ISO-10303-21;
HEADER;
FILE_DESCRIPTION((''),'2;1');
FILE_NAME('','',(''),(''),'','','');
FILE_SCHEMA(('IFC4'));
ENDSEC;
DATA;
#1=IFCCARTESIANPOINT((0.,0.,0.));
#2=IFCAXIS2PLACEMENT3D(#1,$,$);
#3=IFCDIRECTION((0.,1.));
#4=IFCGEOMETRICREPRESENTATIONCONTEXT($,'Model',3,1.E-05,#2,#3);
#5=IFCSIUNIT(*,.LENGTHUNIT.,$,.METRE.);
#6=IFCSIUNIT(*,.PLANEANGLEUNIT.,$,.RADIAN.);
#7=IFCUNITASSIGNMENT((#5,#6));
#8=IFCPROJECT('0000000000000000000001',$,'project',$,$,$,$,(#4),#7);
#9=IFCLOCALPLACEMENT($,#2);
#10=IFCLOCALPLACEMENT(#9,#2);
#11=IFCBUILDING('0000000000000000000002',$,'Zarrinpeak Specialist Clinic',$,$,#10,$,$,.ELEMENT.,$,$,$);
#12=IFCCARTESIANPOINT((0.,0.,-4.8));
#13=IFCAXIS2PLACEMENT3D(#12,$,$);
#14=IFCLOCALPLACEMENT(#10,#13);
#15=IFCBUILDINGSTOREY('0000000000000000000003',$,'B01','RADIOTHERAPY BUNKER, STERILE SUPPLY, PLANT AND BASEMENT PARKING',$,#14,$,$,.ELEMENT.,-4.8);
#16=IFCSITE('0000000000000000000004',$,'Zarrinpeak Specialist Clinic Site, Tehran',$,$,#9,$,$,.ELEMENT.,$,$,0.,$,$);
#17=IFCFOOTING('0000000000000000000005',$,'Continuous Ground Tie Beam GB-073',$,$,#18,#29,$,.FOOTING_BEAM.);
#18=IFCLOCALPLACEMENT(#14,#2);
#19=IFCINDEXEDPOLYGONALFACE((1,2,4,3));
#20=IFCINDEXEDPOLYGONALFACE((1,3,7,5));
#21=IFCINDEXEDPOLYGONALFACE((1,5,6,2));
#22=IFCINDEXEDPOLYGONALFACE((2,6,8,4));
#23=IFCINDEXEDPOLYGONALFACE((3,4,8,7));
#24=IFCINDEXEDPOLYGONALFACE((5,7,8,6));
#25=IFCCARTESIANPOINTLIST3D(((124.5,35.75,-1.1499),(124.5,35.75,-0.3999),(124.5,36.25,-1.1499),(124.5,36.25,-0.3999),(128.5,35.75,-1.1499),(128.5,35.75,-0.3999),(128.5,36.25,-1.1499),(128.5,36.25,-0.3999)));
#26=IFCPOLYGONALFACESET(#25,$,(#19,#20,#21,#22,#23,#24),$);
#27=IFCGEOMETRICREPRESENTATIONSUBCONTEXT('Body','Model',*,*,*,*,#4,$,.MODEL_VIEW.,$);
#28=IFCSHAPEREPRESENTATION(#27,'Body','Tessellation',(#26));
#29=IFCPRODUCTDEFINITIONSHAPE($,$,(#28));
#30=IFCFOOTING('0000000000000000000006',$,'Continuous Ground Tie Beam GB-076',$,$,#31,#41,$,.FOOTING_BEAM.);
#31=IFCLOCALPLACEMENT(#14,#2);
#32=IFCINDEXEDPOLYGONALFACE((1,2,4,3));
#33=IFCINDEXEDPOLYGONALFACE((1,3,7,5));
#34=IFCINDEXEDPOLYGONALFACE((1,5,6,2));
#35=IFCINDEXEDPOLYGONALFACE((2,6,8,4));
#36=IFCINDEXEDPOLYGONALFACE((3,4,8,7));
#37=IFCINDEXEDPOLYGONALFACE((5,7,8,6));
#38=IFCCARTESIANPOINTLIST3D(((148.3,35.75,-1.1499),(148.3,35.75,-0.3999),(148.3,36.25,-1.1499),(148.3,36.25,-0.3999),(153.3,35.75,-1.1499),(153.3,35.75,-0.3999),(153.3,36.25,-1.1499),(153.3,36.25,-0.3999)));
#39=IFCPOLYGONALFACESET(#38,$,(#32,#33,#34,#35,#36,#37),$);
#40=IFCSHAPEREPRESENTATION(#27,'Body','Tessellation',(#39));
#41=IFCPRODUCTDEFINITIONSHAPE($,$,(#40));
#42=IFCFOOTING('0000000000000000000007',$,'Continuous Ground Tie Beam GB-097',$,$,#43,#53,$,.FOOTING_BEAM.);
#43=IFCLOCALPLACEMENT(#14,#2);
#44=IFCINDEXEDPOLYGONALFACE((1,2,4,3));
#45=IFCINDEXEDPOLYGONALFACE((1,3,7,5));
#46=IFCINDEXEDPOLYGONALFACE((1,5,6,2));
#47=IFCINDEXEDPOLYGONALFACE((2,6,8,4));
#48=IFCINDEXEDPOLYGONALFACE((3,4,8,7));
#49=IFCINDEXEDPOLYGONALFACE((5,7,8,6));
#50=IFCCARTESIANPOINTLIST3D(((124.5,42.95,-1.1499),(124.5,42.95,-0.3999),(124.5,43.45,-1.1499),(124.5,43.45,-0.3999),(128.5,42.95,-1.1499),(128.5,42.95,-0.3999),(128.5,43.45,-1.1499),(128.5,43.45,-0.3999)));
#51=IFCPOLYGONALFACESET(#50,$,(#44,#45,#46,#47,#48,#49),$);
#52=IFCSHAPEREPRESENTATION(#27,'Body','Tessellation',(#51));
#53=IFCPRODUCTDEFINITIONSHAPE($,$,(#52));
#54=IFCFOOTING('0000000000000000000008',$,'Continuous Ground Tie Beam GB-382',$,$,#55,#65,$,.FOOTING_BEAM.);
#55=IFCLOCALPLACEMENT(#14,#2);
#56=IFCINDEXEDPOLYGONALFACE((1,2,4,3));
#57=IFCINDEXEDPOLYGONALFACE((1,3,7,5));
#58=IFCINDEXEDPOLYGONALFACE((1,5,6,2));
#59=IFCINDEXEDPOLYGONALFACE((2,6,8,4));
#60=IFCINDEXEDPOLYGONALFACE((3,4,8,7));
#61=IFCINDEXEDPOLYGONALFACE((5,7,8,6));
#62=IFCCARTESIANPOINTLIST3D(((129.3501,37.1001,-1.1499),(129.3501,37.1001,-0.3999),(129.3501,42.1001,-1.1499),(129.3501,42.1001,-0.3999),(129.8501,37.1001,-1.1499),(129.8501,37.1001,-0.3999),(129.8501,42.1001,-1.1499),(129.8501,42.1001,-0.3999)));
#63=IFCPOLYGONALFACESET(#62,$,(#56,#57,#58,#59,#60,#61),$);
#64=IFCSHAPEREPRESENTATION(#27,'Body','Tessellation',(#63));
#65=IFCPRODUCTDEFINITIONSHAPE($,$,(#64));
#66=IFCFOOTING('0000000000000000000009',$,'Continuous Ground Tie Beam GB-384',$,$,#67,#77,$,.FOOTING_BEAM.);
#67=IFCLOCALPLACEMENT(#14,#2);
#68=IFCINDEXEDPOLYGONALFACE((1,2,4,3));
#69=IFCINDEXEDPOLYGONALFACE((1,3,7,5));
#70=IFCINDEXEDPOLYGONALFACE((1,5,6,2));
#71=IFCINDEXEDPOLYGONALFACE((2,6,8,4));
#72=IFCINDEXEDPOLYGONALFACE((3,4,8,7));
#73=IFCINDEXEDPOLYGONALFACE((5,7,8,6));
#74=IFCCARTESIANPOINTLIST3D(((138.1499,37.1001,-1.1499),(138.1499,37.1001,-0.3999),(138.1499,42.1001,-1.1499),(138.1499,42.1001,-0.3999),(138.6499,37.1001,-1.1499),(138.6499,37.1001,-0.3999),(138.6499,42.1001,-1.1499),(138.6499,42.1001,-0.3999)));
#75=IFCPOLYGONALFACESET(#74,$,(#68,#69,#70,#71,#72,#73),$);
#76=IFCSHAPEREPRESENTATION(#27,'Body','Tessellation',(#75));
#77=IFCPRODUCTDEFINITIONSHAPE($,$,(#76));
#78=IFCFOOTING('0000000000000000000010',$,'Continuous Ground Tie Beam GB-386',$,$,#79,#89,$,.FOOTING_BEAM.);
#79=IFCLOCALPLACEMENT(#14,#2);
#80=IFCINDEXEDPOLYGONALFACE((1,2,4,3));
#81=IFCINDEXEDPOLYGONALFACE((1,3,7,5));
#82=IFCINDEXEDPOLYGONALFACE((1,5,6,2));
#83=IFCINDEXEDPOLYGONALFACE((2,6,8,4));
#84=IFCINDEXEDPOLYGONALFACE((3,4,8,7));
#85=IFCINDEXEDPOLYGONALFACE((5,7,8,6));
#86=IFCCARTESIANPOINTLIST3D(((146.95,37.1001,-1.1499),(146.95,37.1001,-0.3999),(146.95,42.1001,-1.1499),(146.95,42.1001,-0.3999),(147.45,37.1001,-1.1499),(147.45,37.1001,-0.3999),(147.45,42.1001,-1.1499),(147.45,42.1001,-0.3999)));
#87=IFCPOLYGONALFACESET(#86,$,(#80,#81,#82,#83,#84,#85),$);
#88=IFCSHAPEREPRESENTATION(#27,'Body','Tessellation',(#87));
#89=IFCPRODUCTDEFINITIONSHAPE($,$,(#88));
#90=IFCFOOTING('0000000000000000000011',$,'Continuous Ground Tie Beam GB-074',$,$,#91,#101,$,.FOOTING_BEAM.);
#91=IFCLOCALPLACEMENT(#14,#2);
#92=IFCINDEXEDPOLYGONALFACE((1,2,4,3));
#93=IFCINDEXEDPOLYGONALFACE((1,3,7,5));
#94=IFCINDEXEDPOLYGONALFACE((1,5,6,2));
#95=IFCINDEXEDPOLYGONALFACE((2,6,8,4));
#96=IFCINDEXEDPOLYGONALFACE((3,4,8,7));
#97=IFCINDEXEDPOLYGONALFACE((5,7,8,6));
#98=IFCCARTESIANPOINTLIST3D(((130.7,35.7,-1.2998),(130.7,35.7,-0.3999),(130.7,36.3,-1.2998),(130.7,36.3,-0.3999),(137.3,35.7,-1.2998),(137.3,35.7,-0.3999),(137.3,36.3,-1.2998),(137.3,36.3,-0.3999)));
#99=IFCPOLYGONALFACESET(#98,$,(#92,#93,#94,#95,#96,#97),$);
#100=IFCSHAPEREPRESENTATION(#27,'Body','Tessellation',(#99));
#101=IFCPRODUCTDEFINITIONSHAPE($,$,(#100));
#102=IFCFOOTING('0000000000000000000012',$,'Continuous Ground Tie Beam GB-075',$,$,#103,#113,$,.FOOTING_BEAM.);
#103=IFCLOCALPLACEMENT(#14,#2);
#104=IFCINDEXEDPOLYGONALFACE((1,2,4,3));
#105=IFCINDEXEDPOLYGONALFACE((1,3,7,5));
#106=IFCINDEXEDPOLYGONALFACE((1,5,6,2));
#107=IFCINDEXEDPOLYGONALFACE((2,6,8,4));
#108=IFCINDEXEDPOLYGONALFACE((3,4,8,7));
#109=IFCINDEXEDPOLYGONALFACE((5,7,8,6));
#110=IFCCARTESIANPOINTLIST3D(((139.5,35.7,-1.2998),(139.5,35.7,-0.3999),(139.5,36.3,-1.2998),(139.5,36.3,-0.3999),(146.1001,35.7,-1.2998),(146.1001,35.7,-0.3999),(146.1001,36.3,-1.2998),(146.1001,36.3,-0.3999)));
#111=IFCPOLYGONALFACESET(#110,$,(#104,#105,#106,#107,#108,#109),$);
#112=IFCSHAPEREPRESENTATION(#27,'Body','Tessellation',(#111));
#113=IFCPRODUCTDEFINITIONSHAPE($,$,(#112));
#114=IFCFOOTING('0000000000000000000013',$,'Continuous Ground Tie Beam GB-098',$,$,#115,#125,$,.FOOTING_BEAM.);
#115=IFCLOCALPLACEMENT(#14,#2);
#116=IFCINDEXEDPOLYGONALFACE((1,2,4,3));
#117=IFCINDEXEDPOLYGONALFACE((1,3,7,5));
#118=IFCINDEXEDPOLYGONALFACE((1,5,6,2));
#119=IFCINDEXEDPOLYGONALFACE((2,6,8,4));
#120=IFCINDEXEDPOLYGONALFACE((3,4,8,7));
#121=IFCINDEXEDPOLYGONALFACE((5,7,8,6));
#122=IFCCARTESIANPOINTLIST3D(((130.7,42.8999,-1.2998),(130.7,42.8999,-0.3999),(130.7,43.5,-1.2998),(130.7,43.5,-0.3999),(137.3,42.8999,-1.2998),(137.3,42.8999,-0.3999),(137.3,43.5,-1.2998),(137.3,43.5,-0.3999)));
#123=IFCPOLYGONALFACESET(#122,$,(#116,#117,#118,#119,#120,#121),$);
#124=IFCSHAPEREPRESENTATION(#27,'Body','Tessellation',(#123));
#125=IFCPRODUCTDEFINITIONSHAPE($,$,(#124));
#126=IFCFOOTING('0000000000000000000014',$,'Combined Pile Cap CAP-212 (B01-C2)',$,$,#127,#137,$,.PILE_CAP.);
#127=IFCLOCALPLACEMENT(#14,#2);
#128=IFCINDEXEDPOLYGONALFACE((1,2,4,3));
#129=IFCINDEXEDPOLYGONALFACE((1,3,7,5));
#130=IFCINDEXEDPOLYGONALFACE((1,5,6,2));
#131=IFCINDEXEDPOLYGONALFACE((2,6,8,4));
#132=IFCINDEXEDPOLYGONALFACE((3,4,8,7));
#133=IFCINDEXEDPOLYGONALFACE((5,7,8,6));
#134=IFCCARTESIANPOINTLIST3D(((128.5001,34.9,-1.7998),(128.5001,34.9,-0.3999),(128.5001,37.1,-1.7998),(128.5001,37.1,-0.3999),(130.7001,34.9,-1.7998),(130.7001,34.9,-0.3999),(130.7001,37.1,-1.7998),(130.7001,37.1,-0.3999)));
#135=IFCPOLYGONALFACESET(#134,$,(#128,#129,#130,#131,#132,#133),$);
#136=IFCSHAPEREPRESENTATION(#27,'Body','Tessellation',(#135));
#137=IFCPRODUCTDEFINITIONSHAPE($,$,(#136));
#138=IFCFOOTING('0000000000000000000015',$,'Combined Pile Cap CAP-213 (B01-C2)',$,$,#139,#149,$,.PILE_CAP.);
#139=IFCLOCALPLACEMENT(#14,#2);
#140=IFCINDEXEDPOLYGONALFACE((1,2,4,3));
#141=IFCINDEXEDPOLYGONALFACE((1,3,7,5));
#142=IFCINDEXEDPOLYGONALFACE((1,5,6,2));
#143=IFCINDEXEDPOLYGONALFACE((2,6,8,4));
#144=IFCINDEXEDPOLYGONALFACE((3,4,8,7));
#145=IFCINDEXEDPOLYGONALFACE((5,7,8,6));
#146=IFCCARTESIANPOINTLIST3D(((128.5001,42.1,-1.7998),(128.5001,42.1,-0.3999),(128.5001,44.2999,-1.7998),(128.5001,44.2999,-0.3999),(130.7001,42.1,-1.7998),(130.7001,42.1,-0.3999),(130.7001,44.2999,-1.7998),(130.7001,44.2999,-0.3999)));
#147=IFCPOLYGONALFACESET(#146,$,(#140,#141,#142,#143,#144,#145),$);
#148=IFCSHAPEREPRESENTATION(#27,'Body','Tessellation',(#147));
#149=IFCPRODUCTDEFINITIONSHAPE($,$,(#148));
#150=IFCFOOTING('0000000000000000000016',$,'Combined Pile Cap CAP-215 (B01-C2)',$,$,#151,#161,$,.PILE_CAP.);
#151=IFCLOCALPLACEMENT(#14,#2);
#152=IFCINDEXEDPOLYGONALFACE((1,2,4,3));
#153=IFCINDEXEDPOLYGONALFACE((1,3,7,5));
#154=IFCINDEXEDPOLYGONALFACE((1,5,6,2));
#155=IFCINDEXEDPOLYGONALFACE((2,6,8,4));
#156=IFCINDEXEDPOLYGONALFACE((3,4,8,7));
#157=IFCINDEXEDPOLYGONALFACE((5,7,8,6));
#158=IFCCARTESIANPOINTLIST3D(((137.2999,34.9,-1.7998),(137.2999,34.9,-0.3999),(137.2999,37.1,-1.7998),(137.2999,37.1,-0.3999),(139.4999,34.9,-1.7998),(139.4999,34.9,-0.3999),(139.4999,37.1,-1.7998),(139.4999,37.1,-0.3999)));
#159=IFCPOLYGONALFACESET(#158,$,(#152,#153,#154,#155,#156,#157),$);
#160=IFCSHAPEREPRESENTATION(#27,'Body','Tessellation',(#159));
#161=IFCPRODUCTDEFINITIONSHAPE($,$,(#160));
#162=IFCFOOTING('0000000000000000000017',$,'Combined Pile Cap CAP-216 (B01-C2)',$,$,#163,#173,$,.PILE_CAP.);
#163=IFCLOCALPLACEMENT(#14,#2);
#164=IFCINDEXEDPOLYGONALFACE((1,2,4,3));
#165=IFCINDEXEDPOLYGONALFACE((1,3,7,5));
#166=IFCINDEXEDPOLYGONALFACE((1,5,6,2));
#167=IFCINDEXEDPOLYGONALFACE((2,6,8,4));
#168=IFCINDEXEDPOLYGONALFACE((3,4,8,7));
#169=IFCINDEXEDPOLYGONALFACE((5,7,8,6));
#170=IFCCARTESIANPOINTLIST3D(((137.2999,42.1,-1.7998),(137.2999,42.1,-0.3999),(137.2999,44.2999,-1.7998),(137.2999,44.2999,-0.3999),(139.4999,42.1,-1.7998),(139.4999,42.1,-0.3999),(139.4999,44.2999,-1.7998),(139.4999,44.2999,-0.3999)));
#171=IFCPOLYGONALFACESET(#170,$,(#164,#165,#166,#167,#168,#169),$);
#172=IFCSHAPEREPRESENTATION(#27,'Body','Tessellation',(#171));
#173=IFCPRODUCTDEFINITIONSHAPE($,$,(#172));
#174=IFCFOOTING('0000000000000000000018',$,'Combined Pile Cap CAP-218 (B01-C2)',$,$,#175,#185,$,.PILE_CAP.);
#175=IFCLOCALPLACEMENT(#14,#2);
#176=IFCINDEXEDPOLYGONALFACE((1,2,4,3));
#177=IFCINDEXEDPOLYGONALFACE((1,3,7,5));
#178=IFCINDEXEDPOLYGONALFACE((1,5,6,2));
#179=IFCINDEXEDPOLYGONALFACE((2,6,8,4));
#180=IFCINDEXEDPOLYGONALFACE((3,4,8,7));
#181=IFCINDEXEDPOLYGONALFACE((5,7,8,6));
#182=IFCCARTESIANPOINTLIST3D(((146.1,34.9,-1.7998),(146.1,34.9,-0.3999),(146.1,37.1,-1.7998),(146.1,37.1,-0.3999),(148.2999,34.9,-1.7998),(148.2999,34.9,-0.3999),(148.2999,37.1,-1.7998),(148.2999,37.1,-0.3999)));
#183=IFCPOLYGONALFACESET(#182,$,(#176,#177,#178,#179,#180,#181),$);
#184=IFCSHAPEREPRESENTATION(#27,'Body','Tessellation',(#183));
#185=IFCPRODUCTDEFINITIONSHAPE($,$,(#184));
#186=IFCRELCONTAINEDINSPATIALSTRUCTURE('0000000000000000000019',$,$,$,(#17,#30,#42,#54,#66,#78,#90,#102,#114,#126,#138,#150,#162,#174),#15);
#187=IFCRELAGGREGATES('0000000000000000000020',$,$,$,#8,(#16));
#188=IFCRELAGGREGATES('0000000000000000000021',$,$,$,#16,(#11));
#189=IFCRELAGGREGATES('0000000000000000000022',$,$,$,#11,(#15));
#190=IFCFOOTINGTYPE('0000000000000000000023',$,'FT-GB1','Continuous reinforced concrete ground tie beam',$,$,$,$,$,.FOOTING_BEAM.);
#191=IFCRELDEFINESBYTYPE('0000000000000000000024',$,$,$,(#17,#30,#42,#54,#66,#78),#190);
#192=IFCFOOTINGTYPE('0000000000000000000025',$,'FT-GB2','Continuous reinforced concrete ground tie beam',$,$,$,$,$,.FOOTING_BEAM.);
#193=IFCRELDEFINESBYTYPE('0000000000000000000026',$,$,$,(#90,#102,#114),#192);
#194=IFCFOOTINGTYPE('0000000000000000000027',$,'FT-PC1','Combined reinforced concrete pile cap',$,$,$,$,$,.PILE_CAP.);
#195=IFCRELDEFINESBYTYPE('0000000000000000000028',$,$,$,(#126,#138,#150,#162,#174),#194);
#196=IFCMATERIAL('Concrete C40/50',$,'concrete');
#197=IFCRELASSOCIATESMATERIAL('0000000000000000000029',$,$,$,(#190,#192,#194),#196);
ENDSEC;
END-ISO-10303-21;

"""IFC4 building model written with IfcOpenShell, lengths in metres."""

from ifc_helpers import new_model, si_unit, direction, frame, origin, origin_2d, place, context, subcontext, project, spatial, rectangle, extrude, material, material_profile, profile_set, type_object, element, save


model = new_model("IFC4")

# Units and contexts
model_context = context("Model", 3, precision=1e-05, world=origin(), true_north=direction((0.0, 1.0)))
body_context = subcontext(model_context, "Body", "Model", "MODEL_VIEW")
ifc_project = project(units=[si_unit("LENGTHUNIT", "METRE"), si_unit("PLANEANGLEUNIT", "RADIAN")], contexts=[model_context])

# Site, building, storey
site_placement = place(None, origin())
site = spatial("IfcSite", under=ifc_project, at=site_placement, Name="Zarrinpeak Specialist Clinic Site, Tehran", CompositionType="ELEMENT", RefElevation=0.0)
building_placement = place(site_placement, origin())
building = spatial("IfcBuilding", under=site, at=building_placement, Name="Zarrinpeak Specialist Clinic", CompositionType="ELEMENT")
storey_placement = place(building_placement, frame((0.0, 0.0, -4.8)))
storey = spatial("IfcBuildingStorey", under=building, at=storey_placement, Name="B01", Description="RADIOTHERAPY BUNKER, STERILE SUPPLY, PLANT AND BASEMENT PARKING", CompositionType="ELEMENT", Elevation=-4.8)

# Footings
ifc_material_1 = material(Name="Concrete C40/50", Category="concrete")
ifc_material_profile_1 = material_profile(ifc_material_1, rectangle(XDim=0.5, YDim=0.75, at=origin_2d()), Name="RC 500x750")
ifc_profile_set_1 = profile_set([ifc_material_profile_1], Name="Concrete C40/50")
footing_type_1 = type_object("IfcFootingType", Name="FT-GB1", Description="Continuous reinforced concrete ground tie beam", PredefinedType="FOOTING_BEAM", material=ifc_profile_set_1)
footing_1_placement = place(storey_placement, frame((124.5, 36.0, -0.7749), z_axis=(1.0, 0.0, 0.0), x_axis=(0.0, 1.0, 0.0)))
element("IfcFooting", 1, at=footing_1_placement, inside=storey, type_object=footing_type_1, Name="Continuous Ground Tie Beam GB-073", PredefinedType="FOOTING_BEAM", context=body_context, shape_type="SweptSolid", body=[
    extrude(rectangle(XDim=0.5, YDim=0.75, at=origin_2d()), origin(), (0.0, 0.0, 1.0), 4.0),
])
footing_2_placement = place(storey_placement, frame((148.3, 36.0, -0.7749), z_axis=(1.0, 0.0, 0.0), x_axis=(0.0, 1.0, 0.0)))
element("IfcFooting", 2, at=footing_2_placement, inside=storey, type_object=footing_type_1, Name="Continuous Ground Tie Beam GB-076", PredefinedType="FOOTING_BEAM", context=body_context, shape_type="SweptSolid", body=[
    extrude(rectangle(XDim=0.5, YDim=0.75, at=origin_2d()), origin(), (0.0, 0.0, 1.0), 5.0),
])
footing_3_placement = place(storey_placement, frame((124.5, 43.2, -0.7749), z_axis=(1.0, 0.0, 0.0), x_axis=(0.0, 1.0, 0.0)))
element("IfcFooting", 3, at=footing_3_placement, inside=storey, type_object=footing_type_1, Name="Continuous Ground Tie Beam GB-097", PredefinedType="FOOTING_BEAM", context=body_context, shape_type="SweptSolid", body=[
    extrude(rectangle(XDim=0.5, YDim=0.75, at=origin_2d()), origin(), (0.0, 0.0, 1.0), 4.0),
])
for number, where, z_axis, x_axis, name in (
    (4, (129.6001, 37.1001, -0.7749), (0.0, 1.0, 0.0), (-1.0, 0.0, 0.0), "Continuous Ground Tie Beam GB-382"),
    (5, (138.3999, 37.1001, -0.7749), (0.0, 1.0, 0.0), (-1.0, 0.0, 0.0), "Continuous Ground Tie Beam GB-384"),
    (6, (147.2, 37.1001, -0.7749), (0.0, 1.0, 0.0), (-1.0, 0.0, 0.0), "Continuous Ground Tie Beam GB-386"),
):
    element("IfcFooting", number, at=place(storey_placement, frame(where, z_axis=z_axis, x_axis=x_axis)), inside=storey, type_object=footing_type_1, Name=name, PredefinedType="FOOTING_BEAM", context=body_context, shape_type="SweptSolid", body=[
        extrude(rectangle(XDim=0.5, YDim=0.75, at=origin_2d()), origin(), (0.0, 0.0, 1.0), 5.0),
    ])
ifc_material_profile_2 = material_profile(ifc_material_1, rectangle(XDim=0.6001, YDim=0.8999, at=origin_2d()), Name="RC 600x900")
ifc_profile_set_2 = profile_set([ifc_material_profile_2], Name="Concrete C40/50")
footing_type_2 = type_object("IfcFootingType", Name="FT-GB2", Description="Continuous reinforced concrete ground tie beam", PredefinedType="FOOTING_BEAM", material=ifc_profile_set_2)
for number, where, z_axis, x_axis, name in (
    (7, (130.7, 36.0, -0.8499), (1.0, 0.0, 0.0), (0.0, 1.0, 0.0), "Continuous Ground Tie Beam GB-074"),
    (8, (139.5, 36.0, -0.8499), (1.0, 0.0, 0.0), (0.0, 1.0, 0.0), "Continuous Ground Tie Beam GB-075"),
    (9, (130.7, 43.2, -0.8499), (1.0, 0.0, 0.0), (0.0, 1.0, 0.0), "Continuous Ground Tie Beam GB-098"),
):
    element("IfcFooting", number, at=place(storey_placement, frame(where, z_axis=z_axis, x_axis=x_axis)), inside=storey, type_object=footing_type_2, Name=name, PredefinedType="FOOTING_BEAM", context=body_context, shape_type="SweptSolid", body=[
        extrude(rectangle(XDim=0.6001, YDim=0.8999, at=origin_2d()), origin(), (0.0, 0.0, 1.0), 6.6001),
    ])
footing_type_3 = type_object("IfcFootingType", Name="FT-PC1", Description="Combined reinforced concrete pile cap", PredefinedType="PILE_CAP", material=ifc_material_1)
for number, where, z_axis, x_axis, name in (
    (10, (129.6001, 36.0, -1.7998), (0.0, 0.0, 1.0), (1.0, 0.0, 0.0), "Combined Pile Cap CAP-212 (B01-C2)"),
    (11, (129.6001, 43.2, -1.7998), (0.0, 0.0, 1.0), (1.0, 0.0, 0.0), "Combined Pile Cap CAP-213 (B01-C2)"),
    (12, (138.3999, 36.0, -1.7998), (0.0, 0.0, 1.0), (1.0, 0.0, 0.0), "Combined Pile Cap CAP-215 (B01-C2)"),
    (13, (138.3999, 43.2, -1.7998), (0.0, 0.0, 1.0), (1.0, 0.0, 0.0), "Combined Pile Cap CAP-216 (B01-C2)"),
    (14, (147.2, 36.0, -1.7998), (0.0, 0.0, 1.0), (1.0, 0.0, 0.0), "Combined Pile Cap CAP-218 (B01-C2)"),
):
    element("IfcFooting", number, at=place(storey_placement, frame(where, z_axis=z_axis, x_axis=x_axis)), inside=storey, type_object=footing_type_3, Name=name, PredefinedType="PILE_CAP", context=body_context, shape_type="SweptSolid", body=[
        extrude(rectangle(XDim=2.2, YDim=2.2, at=origin_2d()), origin(), (0.0, 0.0, 1.0), 1.3999),
    ])

save(model, "model.ifc")
